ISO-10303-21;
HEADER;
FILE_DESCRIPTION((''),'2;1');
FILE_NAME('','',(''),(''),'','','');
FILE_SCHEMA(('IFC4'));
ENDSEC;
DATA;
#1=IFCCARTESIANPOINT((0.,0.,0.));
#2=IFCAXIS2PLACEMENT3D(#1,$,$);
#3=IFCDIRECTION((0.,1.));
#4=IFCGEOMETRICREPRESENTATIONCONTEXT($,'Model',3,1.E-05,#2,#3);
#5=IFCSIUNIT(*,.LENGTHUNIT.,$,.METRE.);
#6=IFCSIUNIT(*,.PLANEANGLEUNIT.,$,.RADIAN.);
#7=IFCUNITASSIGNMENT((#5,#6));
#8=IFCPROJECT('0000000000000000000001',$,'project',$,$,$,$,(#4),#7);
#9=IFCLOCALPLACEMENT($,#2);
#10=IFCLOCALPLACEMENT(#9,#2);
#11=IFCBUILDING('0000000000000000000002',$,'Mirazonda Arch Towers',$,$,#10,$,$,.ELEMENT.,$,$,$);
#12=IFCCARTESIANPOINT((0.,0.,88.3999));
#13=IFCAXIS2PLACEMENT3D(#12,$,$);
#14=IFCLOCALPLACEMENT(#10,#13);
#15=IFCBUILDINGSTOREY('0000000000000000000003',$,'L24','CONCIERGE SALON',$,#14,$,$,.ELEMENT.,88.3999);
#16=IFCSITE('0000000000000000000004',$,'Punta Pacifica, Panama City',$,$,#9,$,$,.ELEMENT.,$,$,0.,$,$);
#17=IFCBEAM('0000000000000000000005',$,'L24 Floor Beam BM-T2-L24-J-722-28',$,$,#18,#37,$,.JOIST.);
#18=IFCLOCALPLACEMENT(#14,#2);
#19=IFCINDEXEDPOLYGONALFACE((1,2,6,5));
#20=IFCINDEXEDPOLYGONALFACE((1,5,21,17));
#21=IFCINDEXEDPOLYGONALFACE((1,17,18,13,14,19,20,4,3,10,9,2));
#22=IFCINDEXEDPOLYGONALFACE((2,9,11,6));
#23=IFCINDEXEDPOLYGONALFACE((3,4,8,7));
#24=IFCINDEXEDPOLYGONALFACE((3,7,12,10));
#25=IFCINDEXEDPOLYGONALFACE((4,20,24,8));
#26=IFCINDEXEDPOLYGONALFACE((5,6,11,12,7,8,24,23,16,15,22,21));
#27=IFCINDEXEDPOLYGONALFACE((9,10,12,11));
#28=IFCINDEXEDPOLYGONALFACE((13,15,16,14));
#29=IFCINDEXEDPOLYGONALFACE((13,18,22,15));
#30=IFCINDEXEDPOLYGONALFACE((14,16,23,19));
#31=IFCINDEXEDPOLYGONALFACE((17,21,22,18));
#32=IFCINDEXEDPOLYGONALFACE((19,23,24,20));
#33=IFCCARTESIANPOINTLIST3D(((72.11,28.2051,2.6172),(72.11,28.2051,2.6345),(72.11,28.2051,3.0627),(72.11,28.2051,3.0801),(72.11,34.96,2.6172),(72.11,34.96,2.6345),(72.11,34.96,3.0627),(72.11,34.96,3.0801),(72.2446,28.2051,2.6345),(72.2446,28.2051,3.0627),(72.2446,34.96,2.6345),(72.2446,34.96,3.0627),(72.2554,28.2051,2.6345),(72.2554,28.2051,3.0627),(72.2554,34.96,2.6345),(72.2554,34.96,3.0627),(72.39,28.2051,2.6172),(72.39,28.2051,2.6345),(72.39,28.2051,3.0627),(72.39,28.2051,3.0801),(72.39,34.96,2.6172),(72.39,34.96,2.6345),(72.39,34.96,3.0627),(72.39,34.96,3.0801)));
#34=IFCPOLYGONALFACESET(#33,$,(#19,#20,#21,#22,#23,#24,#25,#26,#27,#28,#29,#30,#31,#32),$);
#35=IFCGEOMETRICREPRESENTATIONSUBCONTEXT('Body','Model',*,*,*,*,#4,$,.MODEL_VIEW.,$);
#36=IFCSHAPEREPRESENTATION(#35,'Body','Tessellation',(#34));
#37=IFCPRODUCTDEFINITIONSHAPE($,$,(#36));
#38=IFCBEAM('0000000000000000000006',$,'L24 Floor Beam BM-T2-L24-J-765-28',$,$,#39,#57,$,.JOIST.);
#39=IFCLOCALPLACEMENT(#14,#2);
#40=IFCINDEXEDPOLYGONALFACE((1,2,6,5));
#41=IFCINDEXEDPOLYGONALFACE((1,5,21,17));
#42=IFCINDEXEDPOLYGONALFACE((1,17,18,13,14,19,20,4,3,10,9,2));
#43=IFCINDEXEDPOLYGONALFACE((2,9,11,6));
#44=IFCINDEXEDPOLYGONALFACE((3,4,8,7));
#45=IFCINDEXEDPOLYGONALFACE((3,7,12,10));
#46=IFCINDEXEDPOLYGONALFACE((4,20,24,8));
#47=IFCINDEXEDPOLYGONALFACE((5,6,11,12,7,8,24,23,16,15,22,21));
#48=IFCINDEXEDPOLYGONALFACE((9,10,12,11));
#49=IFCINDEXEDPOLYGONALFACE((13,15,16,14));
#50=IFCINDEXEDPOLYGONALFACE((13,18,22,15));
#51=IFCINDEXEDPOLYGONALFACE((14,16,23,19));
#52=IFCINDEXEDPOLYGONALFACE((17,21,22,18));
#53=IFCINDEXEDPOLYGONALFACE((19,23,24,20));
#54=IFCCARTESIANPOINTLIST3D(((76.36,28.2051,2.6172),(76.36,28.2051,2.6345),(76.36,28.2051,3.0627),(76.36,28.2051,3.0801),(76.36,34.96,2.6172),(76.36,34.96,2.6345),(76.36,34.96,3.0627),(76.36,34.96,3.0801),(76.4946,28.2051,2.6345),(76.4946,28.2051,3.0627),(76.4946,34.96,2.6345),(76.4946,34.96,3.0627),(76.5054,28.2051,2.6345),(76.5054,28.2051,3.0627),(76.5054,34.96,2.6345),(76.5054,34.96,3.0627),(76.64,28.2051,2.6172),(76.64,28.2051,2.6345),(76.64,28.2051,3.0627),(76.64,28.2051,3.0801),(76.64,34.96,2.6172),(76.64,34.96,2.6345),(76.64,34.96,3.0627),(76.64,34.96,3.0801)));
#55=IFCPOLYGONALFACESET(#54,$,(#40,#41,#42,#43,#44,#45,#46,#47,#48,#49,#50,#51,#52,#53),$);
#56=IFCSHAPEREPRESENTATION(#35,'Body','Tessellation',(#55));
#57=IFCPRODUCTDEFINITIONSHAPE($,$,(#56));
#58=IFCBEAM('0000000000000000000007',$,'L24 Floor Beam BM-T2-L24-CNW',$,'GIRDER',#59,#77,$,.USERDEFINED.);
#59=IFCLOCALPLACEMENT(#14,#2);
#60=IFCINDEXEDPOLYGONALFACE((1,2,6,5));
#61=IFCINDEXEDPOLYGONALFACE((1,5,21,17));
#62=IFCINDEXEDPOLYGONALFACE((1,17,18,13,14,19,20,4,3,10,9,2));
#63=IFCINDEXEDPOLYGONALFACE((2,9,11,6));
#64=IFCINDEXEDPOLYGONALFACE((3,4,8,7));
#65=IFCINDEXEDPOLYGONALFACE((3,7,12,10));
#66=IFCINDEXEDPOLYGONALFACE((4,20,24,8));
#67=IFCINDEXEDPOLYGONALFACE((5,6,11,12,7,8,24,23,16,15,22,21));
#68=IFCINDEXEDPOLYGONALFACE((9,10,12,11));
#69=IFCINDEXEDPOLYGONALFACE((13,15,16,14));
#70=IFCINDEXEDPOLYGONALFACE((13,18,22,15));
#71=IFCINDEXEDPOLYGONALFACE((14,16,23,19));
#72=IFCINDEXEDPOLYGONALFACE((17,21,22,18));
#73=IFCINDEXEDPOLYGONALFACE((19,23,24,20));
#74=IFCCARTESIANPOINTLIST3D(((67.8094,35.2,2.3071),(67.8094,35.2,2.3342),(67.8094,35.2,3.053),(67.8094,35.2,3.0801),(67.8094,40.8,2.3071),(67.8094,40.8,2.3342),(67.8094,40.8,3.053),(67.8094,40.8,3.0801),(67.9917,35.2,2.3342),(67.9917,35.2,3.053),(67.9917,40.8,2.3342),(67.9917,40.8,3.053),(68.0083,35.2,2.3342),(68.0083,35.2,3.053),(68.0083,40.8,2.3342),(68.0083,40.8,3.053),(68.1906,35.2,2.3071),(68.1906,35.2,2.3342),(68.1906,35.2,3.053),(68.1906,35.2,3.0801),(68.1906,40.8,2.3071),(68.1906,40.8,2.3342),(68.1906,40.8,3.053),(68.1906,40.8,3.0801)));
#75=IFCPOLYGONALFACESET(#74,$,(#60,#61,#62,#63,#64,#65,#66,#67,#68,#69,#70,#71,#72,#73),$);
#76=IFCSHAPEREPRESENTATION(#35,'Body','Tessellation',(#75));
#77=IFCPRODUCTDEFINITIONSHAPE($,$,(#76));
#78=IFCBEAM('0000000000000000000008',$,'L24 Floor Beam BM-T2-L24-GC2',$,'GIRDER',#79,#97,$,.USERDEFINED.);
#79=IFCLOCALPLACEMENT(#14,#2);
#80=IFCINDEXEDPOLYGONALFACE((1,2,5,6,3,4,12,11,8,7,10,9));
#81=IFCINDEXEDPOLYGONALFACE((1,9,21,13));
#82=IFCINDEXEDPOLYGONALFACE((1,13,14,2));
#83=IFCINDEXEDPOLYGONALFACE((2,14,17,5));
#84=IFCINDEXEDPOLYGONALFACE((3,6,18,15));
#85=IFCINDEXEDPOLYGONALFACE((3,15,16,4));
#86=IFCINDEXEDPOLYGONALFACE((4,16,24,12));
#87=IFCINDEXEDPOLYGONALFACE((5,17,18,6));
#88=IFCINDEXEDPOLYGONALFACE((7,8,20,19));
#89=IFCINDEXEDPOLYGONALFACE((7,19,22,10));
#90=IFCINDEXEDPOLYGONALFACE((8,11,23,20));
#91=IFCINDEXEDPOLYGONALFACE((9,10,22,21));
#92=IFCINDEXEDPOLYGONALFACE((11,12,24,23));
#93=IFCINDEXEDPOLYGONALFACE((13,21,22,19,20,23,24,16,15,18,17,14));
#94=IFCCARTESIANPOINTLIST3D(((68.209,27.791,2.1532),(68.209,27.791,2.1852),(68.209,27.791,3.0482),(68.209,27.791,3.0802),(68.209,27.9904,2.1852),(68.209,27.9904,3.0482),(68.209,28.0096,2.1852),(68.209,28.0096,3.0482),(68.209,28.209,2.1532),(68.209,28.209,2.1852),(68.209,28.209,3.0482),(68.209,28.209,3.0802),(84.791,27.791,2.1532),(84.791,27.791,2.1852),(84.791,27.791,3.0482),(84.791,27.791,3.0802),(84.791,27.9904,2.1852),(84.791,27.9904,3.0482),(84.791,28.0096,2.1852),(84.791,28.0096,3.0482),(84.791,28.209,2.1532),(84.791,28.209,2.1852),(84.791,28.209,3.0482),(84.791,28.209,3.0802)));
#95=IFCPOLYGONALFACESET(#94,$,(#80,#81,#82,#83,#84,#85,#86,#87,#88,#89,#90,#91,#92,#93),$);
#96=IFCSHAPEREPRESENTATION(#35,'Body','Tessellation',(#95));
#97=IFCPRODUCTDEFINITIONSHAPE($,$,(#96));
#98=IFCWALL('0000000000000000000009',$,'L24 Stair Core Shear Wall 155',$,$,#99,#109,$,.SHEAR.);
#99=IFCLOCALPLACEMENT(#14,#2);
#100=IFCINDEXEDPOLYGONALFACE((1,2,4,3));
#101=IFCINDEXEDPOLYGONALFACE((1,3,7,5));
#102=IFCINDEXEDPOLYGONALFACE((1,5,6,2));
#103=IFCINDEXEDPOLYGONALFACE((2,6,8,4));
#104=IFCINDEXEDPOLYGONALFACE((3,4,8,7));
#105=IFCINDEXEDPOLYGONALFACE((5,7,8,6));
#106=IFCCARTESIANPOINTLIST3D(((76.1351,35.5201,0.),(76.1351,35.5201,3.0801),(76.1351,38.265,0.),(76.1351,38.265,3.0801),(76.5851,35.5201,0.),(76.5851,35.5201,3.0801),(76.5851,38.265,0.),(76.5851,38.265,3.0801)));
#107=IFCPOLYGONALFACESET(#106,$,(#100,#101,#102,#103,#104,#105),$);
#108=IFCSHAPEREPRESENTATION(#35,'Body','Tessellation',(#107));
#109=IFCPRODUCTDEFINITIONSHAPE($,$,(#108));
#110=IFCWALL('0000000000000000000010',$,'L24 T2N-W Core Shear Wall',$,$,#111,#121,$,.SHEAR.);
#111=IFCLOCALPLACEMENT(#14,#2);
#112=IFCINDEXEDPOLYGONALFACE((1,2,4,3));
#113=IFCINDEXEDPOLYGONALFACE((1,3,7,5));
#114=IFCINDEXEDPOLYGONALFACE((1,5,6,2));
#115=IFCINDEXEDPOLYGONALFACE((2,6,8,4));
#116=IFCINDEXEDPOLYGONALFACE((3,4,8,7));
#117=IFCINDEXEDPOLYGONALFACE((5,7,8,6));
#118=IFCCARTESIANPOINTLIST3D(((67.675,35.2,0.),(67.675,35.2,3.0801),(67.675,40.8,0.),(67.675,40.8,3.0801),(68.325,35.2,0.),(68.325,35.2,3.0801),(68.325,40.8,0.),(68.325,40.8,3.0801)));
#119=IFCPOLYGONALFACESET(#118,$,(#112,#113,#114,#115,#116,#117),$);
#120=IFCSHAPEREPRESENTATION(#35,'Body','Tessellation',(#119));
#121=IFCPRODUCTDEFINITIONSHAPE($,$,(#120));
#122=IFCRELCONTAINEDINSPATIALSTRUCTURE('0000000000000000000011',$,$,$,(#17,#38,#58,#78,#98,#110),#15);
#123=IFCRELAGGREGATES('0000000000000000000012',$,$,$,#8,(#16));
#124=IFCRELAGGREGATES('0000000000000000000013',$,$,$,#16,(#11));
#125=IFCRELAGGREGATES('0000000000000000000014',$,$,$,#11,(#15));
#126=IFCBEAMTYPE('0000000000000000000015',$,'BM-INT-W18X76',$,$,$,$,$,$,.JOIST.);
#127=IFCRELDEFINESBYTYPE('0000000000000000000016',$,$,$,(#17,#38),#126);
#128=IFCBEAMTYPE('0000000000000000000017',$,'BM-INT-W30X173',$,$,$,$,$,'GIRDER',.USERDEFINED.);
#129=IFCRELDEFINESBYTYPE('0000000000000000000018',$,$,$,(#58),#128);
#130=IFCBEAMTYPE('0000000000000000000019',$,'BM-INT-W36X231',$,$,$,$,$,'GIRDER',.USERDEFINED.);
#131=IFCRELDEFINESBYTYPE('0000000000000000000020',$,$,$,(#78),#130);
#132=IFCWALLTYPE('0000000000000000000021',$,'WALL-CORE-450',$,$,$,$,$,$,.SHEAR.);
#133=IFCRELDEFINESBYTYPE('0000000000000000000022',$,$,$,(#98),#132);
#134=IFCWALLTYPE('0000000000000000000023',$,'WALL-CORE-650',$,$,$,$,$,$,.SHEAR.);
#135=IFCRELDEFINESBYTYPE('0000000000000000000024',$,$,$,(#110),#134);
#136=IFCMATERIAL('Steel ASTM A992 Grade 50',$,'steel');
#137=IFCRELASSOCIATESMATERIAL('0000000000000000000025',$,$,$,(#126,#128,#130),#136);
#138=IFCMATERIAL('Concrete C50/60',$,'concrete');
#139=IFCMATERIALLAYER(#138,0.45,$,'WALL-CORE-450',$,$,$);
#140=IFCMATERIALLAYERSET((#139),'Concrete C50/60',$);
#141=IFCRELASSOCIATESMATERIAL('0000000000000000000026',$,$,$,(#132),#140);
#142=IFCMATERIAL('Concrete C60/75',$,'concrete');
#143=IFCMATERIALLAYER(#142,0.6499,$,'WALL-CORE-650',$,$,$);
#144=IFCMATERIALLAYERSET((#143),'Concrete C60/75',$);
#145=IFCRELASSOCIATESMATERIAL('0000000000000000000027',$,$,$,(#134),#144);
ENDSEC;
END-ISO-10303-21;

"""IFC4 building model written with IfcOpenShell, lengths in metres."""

from ifc_helpers import new_model, si_unit, direction, frame, frame_2d, origin, origin_2d, place, context, subcontext, project, spatial, rectangle, i_section, extrude, material, layer, layer_set, material_profile, profile_set, type_object, element, save


model = new_model("IFC4")

# Units and contexts
model_context = context("Model", 3, precision=1e-05, world=origin(), true_north=direction((0.0, 1.0)))
body_context = subcontext(model_context, "Body", "Model", "MODEL_VIEW")
ifc_project = project(units=[si_unit("LENGTHUNIT", "METRE"), si_unit("PLANEANGLEUNIT", "RADIAN")], contexts=[model_context])

# Site, building, storey
site_placement = place(None, origin())
site = spatial("IfcSite", under=ifc_project, at=site_placement, Name="Punta Pacifica, Panama City", CompositionType="ELEMENT", RefElevation=0.0)
building_placement = place(site_placement, origin())
building = spatial("IfcBuilding", under=site, at=building_placement, Name="Mirazonda Arch Towers", CompositionType="ELEMENT")
storey_placement = place(building_placement, frame((0.0, 0.0, 88.3999)))
storey = spatial("IfcBuildingStorey", under=building, at=storey_placement, Name="L24", Description="CONCIERGE SALON", CompositionType="ELEMENT", Elevation=88.3999)

# Beams
ifc_material_1 = material(Name="Steel ASTM A992 Grade 50", Category="steel")
ifc_material_profile_1 = material_profile(ifc_material_1, i_section(OverallWidth=0.28, OverallDepth=0.4629, WebThickness=0.0107, FlangeThickness=0.0173, at=origin_2d()), Name="W18X76")
ifc_profile_set_1 = profile_set([ifc_material_profile_1], Name="Steel ASTM A992 Grade 50")
beam_type_1 = type_object("IfcBeamType", Name="BM-INT-W18X76", PredefinedType="JOIST", material=ifc_profile_set_1)
for number, where, z_axis, x_axis, name in (
    (1, (72.25, 28.2051, 2.8486), (0.0, 1.0, 0.0), (-1.0, 0.0, 0.0), "L24 Floor Beam BM-T2-L24-J-722-28"),
    (2, (76.5, 28.2051, 2.8486), (0.0, 1.0, 0.0), (-1.0, 0.0, 0.0), "L24 Floor Beam BM-T2-L24-J-765-28"),
):
    element("IfcBeam", number, at=place(storey_placement, frame(where, z_axis=z_axis, x_axis=x_axis)), inside=storey, type_object=beam_type_1, Name=name, PredefinedType="JOIST", context=body_context, shape_type="SweptSolid", body=[
        extrude(i_section(OverallWidth=0.28, OverallDepth=0.4629, WebThickness=0.0107, FlangeThickness=0.0173, at=origin_2d()), origin(), (0.0, 0.0, 1.0), 6.7549),
    ])
ifc_material_profile_2 = material_profile(ifc_material_1, i_section(OverallWidth=0.3811, OverallDepth=0.7729, WebThickness=0.0166, FlangeThickness=0.0271, at=origin_2d()), Name="W30X173")
ifc_profile_set_2 = profile_set([ifc_material_profile_2], Name="Steel ASTM A992 Grade 50")
beam_type_2 = type_object("IfcBeamType", Name="BM-INT-W30X173", ElementType="GIRDER", PredefinedType="USERDEFINED", material=ifc_profile_set_2)
beam_1_placement = place(storey_placement, frame((68.0, 35.2, 2.6936), z_axis=(0.0, 1.0, 0.0), x_axis=(-1.0, 0.0, 0.0)))
element("IfcBeam", 3, at=beam_1_placement, inside=storey, type_object=beam_type_2, Name="L24 Floor Beam BM-T2-L24-CNW", ObjectType="GIRDER", PredefinedType="USERDEFINED", context=body_context, shape_type="SweptSolid", body=[
    extrude(i_section(OverallWidth=0.3811, OverallDepth=0.7729, WebThickness=0.0166, FlangeThickness=0.0271, at=origin_2d()), origin(), (0.0, 0.0, 1.0), 5.6001),
])
ifc_material_profile_3 = material_profile(ifc_material_1, i_section(OverallWidth=0.418, OverallDepth=0.927, WebThickness=0.0193, FlangeThickness=0.032, at=origin_2d()), Name="W36X231")
ifc_profile_set_3 = profile_set([ifc_material_profile_3], Name="Steel ASTM A992 Grade 50")
beam_type_3 = type_object("IfcBeamType", Name="BM-INT-W36X231", ElementType="GIRDER", PredefinedType="USERDEFINED", material=ifc_profile_set_3)
beam_2_placement = place(storey_placement, frame((68.209, 28.0, 2.6167), z_axis=(1.0, 0.0, 0.0), x_axis=(0.0, 1.0, 0.0)))
element("IfcBeam", 4, at=beam_2_placement, inside=storey, type_object=beam_type_3, Name="L24 Floor Beam BM-T2-L24-GC2", ObjectType="GIRDER", PredefinedType="USERDEFINED", context=body_context, shape_type="SweptSolid", body=[
    extrude(i_section(OverallWidth=0.418, OverallDepth=0.927, WebThickness=0.0193, FlangeThickness=0.032, at=origin_2d()), origin(), (0.0, 0.0, 1.0), 16.582),
])

# Walls
ifc_material_2 = material(Name="Concrete C50/60", Category="concrete")
ifc_layer_1 = layer(ifc_material_2, 0.45, Name="WALL-CORE-450")
ifc_layer_set_1 = layer_set([ifc_layer_1], Name="Concrete C50/60")
wall_type_1 = type_object("IfcWallType", Name="WALL-CORE-450", PredefinedType="SHEAR", material=ifc_layer_set_1)
wall_1_placement = place(storey_placement, frame((76.3601, 35.52, 0.0), z_axis=(0.0, 0.0, 1.0), x_axis=(0.0, 1.0, 0.0)))
element("IfcWall", 5, at=wall_1_placement, inside=storey, type_object=wall_type_1, Name="L24 Stair Core Shear Wall 155", PredefinedType="SHEAR", context=body_context, shape_type="SweptSolid", body=[
    extrude(rectangle(XDim=2.7449, YDim=0.45, at=frame_2d((1.3726, 0.0))), origin(), (0.0, 0.0, 1.0), 3.0801),
])
ifc_material_3 = material(Name="Concrete C60/75", Category="concrete")
ifc_layer_2 = layer(ifc_material_3, 0.6499, Name="WALL-CORE-650")
ifc_layer_set_2 = layer_set([ifc_layer_2], Name="Concrete C60/75")
wall_type_2 = type_object("IfcWallType", Name="WALL-CORE-650", PredefinedType="SHEAR", material=ifc_layer_set_2)
wall_2_placement = place(storey_placement, frame((68.0, 35.2, 0.0), z_axis=(0.0, 0.0, 1.0), x_axis=(0.0, 1.0, 0.0)))
element("IfcWall", 6, at=wall_2_placement, inside=storey, type_object=wall_type_2, Name="L24 T2N-W Core Shear Wall", PredefinedType="SHEAR", context=body_context, shape_type="SweptSolid", body=[
    extrude(rectangle(XDim=5.6001, YDim=0.6499, at=frame_2d((2.8, 0.0))), origin(), (0.0, 0.0, 1.0), 3.0801),
])

save(model, "model.ifc")
